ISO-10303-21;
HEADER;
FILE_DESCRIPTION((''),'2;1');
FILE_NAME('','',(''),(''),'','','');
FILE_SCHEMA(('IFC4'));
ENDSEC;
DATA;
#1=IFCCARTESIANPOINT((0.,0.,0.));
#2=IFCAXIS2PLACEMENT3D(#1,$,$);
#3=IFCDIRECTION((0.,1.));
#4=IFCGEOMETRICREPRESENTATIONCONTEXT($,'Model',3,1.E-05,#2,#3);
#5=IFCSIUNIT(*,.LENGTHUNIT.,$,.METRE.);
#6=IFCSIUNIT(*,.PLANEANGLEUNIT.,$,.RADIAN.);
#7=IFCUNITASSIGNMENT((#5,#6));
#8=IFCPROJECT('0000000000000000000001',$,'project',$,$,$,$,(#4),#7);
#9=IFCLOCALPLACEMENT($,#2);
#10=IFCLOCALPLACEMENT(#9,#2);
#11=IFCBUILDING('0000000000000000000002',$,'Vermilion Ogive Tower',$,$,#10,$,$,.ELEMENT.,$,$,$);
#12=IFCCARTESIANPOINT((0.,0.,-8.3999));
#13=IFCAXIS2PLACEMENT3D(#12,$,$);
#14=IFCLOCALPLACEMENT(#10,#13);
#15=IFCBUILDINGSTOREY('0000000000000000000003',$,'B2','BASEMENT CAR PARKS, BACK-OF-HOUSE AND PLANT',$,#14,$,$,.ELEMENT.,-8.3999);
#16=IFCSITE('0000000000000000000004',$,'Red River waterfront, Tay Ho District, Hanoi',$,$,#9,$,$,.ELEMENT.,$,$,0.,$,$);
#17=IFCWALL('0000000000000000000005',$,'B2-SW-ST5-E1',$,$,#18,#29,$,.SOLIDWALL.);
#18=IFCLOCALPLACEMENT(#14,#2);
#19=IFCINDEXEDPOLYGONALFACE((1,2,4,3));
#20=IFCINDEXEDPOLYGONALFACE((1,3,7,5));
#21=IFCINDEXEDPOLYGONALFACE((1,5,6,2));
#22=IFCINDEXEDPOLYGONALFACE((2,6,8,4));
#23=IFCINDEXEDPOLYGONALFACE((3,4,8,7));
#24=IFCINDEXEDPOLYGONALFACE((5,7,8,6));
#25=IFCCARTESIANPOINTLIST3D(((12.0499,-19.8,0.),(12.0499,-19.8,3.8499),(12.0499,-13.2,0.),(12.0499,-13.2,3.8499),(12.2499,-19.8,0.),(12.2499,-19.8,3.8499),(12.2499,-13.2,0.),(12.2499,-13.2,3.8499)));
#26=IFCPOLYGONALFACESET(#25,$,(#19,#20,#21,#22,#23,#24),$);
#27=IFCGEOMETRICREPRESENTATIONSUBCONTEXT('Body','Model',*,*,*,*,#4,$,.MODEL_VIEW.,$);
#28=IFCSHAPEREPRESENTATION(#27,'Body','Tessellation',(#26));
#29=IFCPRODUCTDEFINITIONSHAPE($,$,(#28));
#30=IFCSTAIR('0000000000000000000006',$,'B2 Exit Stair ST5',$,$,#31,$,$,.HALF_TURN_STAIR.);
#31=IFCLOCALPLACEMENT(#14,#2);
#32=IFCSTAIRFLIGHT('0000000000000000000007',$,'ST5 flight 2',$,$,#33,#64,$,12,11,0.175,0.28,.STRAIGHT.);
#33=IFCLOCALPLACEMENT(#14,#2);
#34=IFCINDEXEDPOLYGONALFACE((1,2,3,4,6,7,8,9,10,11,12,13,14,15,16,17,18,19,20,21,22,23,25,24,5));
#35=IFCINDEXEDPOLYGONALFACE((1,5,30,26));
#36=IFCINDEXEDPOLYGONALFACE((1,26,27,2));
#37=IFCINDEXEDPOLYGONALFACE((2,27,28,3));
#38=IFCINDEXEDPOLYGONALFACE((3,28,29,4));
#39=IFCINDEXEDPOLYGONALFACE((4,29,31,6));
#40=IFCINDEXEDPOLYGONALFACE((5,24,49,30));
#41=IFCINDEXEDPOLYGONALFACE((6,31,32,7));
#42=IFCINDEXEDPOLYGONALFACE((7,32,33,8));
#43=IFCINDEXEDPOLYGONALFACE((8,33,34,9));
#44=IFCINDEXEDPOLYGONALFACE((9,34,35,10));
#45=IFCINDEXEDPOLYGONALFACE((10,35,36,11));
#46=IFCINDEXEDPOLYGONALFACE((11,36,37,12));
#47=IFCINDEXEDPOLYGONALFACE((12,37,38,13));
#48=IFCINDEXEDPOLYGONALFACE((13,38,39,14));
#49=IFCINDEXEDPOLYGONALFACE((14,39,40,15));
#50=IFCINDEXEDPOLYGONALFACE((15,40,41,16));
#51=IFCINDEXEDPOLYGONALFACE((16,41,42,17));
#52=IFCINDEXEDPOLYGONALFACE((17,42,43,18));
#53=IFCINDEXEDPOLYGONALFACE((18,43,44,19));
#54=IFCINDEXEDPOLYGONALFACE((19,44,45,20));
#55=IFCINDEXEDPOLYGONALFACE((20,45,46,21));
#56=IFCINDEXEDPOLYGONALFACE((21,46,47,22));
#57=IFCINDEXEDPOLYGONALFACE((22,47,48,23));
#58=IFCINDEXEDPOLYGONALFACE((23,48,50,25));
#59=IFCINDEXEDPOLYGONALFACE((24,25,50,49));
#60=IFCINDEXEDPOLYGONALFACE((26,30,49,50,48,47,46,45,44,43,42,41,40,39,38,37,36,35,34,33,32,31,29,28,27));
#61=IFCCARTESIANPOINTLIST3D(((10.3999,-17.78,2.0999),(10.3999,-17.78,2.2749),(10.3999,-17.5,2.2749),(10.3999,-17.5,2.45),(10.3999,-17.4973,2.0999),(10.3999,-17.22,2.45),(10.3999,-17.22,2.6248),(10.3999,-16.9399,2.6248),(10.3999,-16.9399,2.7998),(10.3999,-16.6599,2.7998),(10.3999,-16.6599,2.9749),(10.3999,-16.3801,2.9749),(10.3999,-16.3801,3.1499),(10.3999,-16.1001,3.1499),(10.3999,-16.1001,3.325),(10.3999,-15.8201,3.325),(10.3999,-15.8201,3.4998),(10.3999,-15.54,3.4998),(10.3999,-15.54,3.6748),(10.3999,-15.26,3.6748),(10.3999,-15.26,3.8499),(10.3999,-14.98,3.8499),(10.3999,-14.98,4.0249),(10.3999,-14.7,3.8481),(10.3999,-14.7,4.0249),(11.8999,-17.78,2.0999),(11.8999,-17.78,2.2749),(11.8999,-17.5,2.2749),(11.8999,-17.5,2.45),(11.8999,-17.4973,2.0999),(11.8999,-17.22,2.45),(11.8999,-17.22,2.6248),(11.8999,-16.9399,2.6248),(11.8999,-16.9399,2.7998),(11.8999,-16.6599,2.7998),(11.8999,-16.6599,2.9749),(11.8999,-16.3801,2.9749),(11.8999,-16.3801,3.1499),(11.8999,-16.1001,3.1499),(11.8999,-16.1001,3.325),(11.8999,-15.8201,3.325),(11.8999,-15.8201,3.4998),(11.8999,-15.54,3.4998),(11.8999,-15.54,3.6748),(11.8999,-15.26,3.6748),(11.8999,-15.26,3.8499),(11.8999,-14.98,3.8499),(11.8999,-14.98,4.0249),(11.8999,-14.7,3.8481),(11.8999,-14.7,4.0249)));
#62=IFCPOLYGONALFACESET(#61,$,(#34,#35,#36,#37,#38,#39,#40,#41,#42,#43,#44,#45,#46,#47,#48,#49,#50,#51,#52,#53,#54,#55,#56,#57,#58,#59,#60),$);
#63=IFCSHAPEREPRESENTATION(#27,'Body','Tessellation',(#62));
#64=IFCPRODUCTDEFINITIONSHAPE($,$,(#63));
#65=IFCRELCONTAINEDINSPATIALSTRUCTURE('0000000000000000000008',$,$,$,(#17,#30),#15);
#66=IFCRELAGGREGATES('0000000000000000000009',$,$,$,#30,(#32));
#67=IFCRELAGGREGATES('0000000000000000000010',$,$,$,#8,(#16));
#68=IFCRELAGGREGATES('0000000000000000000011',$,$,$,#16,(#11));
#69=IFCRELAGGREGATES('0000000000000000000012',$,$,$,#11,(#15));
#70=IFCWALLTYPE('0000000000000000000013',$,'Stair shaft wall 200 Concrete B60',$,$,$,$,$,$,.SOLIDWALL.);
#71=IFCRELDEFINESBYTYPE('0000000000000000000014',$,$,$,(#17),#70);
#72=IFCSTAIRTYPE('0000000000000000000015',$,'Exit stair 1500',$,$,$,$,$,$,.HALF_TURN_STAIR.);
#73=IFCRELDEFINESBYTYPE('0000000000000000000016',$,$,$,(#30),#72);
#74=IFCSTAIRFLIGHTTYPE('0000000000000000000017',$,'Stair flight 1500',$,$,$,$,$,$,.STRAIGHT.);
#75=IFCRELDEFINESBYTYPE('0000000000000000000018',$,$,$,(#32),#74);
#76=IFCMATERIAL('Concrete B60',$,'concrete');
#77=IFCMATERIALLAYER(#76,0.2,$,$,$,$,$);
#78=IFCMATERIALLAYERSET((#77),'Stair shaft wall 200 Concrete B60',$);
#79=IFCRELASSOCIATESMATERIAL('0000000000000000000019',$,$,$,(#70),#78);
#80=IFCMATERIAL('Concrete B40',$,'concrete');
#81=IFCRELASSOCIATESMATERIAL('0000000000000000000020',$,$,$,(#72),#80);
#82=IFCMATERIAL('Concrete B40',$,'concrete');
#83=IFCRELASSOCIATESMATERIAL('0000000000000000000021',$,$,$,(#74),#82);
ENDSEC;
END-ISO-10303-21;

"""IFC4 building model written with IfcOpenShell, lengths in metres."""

from ifc_helpers import new_model, si_unit, direction, frame, frame_2d, origin, place, context, subcontext, project, spatial, polyline, rectangle, outline, extrude, material, layer, layer_set, type_object, element, aggregate, save


model = new_model("IFC4")

# Units and contexts
model_context = context("Model", 3, precision=1e-05, world=origin(), true_north=direction((0.0, 1.0)))
body_context = subcontext(model_context, "Body", "Model", "MODEL_VIEW")
ifc_project = project(units=[si_unit("LENGTHUNIT", "METRE"), si_unit("PLANEANGLEUNIT", "RADIAN")], contexts=[model_context])

# Site, building, storey
site_placement = place(None, origin())
site = spatial("IfcSite", under=ifc_project, at=site_placement, Name="Red River waterfront, Tay Ho District, Hanoi", CompositionType="ELEMENT", RefElevation=0.0)
building_placement = place(site_placement, origin())
building = spatial("IfcBuilding", under=site, at=building_placement, Name="Vermilion Ogive Tower", CompositionType="ELEMENT")
storey_placement = place(building_placement, frame((0.0, 0.0, -8.3999)))
storey = spatial("IfcBuildingStorey", under=building, at=storey_placement, Name="B2", Description="BASEMENT CAR PARKS, BACK-OF-HOUSE AND PLANT", CompositionType="ELEMENT", Elevation=-8.3999)

# Wall
ifc_material_1 = material(Name="Concrete B60", Category="concrete")
ifc_layer_1 = layer(ifc_material_1, 0.2)
ifc_layer_set_1 = layer_set([ifc_layer_1], Name="Stair shaft wall 200 Concrete B60")
wall_type_1 = type_object("IfcWallType", Name="Stair shaft wall 200 Concrete B60", PredefinedType="SOLIDWALL", material=ifc_layer_set_1)
wall_1_placement = place(storey_placement, frame((12.1499, -19.8, 0.0), z_axis=(0.0, 0.0, 1.0), x_axis=(0.0, 1.0, 0.0)))
element("IfcWall", 1, at=wall_1_placement, inside=storey, type_object=wall_type_1, Name="B2-SW-ST5-E1", PredefinedType="SOLIDWALL", context=body_context, shape_type="SweptSolid", body=[
    extrude(rectangle(XDim=6.6001, YDim=0.2, at=frame_2d((3.3, 0.0))), origin(), (0.0, 0.0, 1.0), 3.8499),
])

# Stair, stair flight
ifc_material_2 = material(Name="Concrete B40", Category="concrete")
stair_type = type_object("IfcStairType", Name="Exit stair 1500", PredefinedType="HALF_TURN_STAIR", material=ifc_material_2)
stair_placement = place(storey_placement, origin())
stair = element("IfcStair", 2, at=stair_placement, inside=storey, type_object=stair_type, Name="B2 Exit Stair ST5", PredefinedType="HALF_TURN_STAIR")
ifc_material_3 = material(Name="Concrete B40", Category="concrete")
stair_flight_type = type_object("IfcStairFlightType", Name="Stair flight 1500", PredefinedType="STRAIGHT", material=ifc_material_3)
stair_flight_placement = place(storey_placement, frame((11.1499, -17.78, 2.0999), z_axis=(0.0, 0.0, 1.0), x_axis=(0.0, 1.0, 0.0)))
stair_flight = element("IfcStairFlight", 3, at=stair_flight_placement, type_object=stair_flight_type, Name="ST5 flight 2", NumberOfRisers=12, NumberOfTreads=11, PredefinedType="STRAIGHT", RiserHeight=0.175, TreadLength=0.28, context=body_context, shape_type="SweptSolid", body=[
    extrude(outline(polyline([(0.0, 0.0), (0.0, 0.175), (0.28, 0.175), (0.28, 0.3501), (0.5601, 0.3501), (0.5601, 0.5249), (0.8401, 0.5249), (0.8401, 0.7), (1.1201, 0.7), (1.1201, 0.875), (1.3999, 0.875), (1.3999, 1.05), (1.6799, 1.05), (1.6799, 1.2251), (1.96, 1.2251), (1.96, 1.3999), (2.24, 1.3999), (2.24, 1.575), (2.52, 1.575), (2.52, 1.75), (2.8, 1.75), (2.8, 1.925), (3.0801, 1.925), (3.0801, 2.1001), (3.0801, 1.7483), (0.2827, 0.0), (0.0, 0.0)])), frame((0.0, 0.75, 0.0), z_axis=(0.0, -1.0, 0.0), x_axis=(1.0, 0.0, 0.0)), (0.0, 0.0, 1.0), 1.5),
])
aggregate(stair, [stair_flight])

save(model, "model.ifc")
